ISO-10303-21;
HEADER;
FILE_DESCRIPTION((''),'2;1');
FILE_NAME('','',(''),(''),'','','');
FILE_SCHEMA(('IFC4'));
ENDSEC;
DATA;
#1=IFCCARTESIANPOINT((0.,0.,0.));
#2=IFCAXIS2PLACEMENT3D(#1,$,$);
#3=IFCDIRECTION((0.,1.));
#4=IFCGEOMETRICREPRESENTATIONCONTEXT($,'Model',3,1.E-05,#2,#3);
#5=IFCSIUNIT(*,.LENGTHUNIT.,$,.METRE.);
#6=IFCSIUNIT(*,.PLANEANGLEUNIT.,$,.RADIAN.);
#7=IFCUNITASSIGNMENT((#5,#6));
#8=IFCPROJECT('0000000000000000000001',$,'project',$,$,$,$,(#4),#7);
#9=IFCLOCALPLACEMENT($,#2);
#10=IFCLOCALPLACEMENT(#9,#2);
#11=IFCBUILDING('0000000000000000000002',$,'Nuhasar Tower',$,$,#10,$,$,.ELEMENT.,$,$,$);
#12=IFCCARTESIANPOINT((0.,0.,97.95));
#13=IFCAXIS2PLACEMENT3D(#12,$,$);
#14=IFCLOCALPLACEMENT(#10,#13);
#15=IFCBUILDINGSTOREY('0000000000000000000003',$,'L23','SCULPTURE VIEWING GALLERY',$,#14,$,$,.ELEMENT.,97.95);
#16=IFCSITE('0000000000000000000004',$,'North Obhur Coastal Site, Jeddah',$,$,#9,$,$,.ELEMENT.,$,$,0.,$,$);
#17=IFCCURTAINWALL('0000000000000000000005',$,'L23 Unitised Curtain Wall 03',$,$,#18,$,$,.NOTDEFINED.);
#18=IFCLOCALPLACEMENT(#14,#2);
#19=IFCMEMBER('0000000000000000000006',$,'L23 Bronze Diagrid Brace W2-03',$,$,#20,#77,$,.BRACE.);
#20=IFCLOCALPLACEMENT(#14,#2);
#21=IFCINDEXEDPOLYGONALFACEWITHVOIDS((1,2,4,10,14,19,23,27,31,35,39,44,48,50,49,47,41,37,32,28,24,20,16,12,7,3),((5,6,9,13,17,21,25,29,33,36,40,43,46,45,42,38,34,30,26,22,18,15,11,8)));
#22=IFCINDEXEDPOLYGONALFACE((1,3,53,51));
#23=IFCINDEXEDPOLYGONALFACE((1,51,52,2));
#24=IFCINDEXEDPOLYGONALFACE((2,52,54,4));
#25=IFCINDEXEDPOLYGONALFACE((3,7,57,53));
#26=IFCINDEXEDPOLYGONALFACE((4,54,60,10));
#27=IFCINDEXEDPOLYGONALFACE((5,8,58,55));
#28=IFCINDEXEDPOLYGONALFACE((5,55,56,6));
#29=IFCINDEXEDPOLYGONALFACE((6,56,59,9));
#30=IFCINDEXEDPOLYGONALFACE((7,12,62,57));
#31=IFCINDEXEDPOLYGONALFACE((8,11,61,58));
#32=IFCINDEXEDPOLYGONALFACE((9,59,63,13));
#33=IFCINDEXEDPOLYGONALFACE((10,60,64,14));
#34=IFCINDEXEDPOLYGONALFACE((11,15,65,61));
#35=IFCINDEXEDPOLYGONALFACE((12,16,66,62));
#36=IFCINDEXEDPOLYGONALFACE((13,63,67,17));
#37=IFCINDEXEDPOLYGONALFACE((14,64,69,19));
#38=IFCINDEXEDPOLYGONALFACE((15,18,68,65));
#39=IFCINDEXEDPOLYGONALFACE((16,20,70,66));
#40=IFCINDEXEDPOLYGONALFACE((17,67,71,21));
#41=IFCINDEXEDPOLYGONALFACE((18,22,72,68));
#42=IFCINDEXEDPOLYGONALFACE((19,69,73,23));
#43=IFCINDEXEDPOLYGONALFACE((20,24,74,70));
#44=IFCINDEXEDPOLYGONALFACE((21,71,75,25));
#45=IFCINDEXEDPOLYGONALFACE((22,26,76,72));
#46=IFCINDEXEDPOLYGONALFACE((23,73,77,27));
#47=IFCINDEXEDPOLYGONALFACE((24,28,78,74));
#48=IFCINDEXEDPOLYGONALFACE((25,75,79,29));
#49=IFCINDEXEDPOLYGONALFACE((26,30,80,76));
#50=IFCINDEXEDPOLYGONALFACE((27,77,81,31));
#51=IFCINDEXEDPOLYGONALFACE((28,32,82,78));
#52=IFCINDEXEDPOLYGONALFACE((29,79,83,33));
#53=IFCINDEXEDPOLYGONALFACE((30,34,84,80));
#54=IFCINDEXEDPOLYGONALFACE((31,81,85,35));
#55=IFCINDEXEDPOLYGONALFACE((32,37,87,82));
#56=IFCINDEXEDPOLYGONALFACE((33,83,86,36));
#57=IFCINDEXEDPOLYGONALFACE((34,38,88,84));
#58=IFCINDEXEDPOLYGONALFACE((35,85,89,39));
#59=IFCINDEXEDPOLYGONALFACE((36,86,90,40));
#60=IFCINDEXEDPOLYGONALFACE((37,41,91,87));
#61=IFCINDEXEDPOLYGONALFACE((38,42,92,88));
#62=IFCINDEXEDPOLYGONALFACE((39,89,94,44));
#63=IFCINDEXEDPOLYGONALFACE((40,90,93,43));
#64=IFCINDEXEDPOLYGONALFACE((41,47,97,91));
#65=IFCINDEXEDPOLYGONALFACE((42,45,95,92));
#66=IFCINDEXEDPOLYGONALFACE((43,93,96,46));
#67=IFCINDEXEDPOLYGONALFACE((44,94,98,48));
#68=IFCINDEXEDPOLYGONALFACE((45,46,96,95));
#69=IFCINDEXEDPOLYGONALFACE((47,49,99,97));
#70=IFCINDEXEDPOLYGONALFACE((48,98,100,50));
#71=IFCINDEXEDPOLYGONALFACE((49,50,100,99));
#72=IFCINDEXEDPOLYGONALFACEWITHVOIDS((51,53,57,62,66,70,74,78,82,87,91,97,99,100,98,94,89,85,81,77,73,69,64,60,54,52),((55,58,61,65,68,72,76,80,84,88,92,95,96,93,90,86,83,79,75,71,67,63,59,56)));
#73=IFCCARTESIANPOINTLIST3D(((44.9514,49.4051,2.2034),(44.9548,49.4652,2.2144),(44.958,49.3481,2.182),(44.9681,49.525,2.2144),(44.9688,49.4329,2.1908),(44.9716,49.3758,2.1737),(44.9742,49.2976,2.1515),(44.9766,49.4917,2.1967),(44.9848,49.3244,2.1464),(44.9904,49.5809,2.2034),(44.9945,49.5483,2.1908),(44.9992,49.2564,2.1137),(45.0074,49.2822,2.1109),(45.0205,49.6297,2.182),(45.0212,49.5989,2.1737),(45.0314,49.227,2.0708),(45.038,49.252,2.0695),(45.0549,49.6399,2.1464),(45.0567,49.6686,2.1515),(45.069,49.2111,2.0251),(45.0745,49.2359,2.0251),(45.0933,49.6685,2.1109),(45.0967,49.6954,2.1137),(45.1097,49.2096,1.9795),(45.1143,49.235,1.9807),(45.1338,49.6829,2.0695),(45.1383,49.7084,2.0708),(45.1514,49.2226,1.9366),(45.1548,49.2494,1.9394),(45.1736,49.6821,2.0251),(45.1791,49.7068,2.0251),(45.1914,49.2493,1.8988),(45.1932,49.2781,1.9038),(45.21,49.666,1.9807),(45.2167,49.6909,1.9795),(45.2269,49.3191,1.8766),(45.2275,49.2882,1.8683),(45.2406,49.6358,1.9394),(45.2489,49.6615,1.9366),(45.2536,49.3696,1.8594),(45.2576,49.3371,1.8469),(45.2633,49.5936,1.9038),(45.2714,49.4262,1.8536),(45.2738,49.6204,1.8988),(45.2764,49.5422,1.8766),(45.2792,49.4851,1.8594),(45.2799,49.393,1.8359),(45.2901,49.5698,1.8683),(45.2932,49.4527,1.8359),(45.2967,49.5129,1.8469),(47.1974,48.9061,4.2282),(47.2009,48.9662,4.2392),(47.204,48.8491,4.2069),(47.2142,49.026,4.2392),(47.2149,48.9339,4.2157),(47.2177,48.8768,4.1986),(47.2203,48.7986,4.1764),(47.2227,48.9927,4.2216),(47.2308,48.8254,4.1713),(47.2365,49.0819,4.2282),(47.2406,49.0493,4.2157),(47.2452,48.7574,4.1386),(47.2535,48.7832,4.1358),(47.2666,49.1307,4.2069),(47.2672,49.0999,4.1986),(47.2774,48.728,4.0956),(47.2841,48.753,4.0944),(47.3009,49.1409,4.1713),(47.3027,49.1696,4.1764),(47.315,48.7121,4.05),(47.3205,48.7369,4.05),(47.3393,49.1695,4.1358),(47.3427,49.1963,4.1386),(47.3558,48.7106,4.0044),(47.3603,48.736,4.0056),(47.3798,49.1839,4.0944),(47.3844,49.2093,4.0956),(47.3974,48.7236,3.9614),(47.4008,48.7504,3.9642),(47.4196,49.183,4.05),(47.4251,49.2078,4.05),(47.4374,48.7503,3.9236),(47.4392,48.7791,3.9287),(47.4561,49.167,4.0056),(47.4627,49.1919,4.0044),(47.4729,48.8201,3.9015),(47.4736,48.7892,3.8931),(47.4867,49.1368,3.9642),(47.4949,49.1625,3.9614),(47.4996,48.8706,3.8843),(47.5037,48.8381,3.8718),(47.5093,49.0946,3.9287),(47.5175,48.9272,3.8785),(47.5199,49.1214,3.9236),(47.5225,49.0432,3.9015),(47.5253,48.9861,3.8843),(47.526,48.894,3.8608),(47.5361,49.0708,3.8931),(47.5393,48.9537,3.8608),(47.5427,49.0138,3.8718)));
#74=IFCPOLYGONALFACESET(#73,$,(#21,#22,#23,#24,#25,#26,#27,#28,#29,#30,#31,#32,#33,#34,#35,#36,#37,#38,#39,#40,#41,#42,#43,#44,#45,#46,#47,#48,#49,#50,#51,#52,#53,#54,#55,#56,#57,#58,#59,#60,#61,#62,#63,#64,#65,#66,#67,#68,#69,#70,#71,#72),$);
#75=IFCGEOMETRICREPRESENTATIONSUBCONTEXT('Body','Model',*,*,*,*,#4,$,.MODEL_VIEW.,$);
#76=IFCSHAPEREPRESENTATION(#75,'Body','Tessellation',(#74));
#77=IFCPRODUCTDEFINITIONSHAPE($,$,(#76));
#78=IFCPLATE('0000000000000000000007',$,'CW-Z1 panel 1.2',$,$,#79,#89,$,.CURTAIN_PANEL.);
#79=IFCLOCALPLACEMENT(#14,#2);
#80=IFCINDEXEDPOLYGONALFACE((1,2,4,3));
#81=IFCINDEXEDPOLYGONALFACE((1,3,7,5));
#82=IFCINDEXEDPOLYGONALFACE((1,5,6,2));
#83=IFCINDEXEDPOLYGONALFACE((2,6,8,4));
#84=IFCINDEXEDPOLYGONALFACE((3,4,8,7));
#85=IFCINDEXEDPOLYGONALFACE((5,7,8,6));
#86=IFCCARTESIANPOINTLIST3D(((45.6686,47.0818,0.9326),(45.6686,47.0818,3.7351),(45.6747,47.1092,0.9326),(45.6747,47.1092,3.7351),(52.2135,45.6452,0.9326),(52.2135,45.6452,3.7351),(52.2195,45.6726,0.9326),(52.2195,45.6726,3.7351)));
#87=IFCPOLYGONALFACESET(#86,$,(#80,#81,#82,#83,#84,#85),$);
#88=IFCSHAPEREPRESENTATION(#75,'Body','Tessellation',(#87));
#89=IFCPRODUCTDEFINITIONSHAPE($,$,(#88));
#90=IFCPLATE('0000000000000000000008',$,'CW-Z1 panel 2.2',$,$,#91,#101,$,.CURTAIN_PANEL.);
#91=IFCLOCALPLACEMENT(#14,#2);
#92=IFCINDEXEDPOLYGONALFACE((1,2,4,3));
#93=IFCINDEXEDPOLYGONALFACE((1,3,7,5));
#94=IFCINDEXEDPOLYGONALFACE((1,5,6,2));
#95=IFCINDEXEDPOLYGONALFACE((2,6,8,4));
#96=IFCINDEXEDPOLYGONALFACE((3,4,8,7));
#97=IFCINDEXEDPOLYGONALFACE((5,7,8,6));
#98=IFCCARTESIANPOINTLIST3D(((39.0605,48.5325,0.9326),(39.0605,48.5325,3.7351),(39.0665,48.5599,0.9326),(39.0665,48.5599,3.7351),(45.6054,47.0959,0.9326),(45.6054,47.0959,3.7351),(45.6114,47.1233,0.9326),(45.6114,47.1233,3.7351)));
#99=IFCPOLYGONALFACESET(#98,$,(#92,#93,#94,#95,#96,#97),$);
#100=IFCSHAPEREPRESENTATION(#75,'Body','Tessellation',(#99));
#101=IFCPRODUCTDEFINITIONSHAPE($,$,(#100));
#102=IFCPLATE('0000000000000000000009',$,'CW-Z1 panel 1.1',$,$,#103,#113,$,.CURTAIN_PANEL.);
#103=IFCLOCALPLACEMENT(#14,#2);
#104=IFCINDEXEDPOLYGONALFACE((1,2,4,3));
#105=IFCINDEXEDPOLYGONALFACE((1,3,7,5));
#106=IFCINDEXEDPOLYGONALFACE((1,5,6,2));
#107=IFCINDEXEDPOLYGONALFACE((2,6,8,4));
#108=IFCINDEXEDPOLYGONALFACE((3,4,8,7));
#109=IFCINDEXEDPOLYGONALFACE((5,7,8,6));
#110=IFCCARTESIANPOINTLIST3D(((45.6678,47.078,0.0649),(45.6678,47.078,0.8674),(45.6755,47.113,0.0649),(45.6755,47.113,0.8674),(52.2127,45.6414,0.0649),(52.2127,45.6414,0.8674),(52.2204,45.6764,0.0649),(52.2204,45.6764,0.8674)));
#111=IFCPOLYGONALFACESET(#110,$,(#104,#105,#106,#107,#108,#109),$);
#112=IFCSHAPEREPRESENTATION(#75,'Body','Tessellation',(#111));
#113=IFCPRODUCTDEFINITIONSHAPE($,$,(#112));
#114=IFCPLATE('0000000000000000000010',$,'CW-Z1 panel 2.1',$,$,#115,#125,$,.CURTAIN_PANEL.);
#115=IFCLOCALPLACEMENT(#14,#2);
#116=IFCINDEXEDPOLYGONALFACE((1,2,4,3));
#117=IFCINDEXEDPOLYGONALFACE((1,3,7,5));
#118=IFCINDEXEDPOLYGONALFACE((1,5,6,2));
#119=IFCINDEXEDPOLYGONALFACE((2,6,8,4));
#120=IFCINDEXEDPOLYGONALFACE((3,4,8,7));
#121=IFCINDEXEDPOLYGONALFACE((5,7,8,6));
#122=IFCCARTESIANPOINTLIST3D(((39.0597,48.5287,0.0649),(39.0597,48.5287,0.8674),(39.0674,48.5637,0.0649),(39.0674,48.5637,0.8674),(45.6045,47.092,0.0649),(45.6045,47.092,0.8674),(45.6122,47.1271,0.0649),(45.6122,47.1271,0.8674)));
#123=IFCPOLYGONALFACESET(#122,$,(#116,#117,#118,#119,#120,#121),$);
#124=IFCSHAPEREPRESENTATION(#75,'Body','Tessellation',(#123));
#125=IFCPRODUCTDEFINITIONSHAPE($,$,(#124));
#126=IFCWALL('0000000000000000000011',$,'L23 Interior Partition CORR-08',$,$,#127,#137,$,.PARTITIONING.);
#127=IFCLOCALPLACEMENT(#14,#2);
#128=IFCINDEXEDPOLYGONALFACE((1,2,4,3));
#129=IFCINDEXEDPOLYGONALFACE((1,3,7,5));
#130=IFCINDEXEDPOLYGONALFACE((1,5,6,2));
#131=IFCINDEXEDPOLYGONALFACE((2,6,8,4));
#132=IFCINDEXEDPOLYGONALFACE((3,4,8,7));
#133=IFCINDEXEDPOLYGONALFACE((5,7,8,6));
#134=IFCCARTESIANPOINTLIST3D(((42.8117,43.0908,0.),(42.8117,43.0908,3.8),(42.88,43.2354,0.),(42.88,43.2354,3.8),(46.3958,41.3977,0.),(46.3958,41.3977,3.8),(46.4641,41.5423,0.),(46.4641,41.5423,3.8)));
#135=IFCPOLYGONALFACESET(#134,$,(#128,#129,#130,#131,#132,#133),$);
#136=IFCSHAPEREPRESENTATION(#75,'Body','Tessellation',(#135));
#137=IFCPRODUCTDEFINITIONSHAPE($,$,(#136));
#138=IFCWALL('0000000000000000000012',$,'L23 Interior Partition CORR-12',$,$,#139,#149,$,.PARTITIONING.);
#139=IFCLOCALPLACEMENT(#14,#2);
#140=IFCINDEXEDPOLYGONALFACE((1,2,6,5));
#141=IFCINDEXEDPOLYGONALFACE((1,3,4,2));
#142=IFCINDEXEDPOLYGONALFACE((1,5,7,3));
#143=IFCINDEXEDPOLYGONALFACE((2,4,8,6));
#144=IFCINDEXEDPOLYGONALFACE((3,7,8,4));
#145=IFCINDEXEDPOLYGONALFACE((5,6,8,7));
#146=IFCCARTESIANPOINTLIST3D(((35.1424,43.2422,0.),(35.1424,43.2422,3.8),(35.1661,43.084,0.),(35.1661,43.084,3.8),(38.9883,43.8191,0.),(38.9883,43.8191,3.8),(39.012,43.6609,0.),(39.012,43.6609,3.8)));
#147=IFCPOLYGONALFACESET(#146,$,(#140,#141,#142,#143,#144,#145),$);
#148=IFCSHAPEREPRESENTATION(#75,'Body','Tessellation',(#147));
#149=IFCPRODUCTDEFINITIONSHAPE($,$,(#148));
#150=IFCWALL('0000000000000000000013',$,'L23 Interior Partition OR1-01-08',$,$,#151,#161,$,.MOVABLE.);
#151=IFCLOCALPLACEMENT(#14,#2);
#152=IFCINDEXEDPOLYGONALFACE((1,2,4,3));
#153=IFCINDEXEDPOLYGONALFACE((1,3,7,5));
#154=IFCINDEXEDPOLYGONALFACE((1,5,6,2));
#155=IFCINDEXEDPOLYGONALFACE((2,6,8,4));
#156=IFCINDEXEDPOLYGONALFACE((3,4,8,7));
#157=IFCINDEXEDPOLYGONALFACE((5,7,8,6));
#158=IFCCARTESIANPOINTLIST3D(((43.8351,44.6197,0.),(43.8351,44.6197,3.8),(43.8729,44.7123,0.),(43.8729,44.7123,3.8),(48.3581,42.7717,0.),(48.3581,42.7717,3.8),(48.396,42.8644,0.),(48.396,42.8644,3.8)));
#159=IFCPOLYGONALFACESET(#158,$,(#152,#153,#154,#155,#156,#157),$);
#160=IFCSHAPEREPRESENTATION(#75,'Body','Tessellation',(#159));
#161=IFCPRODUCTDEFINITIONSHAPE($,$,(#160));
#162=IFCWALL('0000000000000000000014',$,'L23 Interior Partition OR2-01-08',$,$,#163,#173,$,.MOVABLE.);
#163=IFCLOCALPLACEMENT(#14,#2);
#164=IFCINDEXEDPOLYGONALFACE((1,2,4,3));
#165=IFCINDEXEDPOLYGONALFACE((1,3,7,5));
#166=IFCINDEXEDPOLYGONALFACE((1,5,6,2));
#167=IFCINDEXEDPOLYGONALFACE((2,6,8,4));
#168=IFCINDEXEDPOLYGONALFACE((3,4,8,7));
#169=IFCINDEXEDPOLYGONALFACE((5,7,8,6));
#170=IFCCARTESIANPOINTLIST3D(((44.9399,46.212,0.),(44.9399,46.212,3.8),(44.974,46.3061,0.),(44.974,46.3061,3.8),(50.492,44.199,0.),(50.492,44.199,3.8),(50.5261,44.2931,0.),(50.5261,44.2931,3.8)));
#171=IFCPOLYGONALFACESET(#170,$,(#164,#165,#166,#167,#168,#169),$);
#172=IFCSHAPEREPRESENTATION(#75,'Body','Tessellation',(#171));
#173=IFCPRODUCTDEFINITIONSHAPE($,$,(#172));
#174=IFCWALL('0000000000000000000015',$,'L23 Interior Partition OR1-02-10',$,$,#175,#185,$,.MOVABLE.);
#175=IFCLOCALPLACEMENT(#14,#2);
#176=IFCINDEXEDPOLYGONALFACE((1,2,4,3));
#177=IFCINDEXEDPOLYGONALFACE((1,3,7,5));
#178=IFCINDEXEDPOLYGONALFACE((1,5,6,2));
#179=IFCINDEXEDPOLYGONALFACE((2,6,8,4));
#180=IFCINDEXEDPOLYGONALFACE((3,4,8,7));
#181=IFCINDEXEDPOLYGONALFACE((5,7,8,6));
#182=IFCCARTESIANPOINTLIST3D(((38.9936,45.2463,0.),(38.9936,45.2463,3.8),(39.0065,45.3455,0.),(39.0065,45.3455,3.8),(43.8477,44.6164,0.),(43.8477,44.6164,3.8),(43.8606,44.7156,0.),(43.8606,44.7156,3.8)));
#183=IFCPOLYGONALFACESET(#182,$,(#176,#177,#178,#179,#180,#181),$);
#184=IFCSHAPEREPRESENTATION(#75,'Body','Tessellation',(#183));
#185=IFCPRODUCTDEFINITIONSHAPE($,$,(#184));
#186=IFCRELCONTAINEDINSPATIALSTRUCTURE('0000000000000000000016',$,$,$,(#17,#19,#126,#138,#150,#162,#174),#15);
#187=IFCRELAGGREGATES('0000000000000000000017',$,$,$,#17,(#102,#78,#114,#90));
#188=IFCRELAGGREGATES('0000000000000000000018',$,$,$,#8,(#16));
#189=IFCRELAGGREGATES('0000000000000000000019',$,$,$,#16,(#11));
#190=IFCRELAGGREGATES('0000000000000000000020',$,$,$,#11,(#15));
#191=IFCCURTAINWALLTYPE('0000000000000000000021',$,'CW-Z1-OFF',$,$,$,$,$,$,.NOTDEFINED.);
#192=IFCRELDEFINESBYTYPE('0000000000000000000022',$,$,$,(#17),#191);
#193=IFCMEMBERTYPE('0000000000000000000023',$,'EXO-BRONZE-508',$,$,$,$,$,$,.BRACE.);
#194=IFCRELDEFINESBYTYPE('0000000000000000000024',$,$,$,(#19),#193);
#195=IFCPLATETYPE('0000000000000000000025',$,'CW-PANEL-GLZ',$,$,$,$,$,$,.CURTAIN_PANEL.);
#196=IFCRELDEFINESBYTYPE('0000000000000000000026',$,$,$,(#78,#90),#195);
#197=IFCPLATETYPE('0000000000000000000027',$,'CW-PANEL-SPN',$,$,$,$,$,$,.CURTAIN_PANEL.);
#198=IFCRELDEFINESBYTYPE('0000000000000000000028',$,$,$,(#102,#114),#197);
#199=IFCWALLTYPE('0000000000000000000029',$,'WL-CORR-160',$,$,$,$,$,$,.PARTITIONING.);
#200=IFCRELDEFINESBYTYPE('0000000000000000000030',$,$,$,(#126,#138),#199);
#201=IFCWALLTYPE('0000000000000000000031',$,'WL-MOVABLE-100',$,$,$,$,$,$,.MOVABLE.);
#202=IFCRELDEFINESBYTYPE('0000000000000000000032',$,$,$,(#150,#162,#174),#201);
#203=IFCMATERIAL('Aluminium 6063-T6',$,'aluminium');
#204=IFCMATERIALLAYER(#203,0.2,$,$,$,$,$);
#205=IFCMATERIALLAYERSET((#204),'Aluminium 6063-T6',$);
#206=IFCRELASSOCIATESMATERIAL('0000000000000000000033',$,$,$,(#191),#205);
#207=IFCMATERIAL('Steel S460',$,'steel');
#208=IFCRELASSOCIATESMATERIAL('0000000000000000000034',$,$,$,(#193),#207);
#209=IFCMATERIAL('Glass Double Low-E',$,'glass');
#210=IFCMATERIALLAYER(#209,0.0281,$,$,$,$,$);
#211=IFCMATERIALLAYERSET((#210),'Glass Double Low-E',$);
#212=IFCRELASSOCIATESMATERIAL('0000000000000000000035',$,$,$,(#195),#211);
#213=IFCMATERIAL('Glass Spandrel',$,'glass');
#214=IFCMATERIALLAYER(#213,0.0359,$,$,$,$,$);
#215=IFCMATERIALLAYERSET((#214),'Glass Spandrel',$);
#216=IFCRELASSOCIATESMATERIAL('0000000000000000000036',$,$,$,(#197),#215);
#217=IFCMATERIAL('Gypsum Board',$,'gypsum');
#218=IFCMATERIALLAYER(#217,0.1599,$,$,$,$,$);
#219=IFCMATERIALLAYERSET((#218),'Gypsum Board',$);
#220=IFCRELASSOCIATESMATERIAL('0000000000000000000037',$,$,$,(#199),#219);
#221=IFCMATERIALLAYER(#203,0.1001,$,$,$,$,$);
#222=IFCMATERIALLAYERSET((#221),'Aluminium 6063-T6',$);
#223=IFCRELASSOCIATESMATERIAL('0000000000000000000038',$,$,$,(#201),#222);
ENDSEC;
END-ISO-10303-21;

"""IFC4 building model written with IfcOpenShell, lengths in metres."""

from ifc_helpers import new_model, si_unit, direction, frame, frame_2d, origin, origin_2d, place, context, subcontext, project, spatial, rectangle, hollow_circle, extrude, material, layer, layer_set, material_profile, profile_set, type_object, element, aggregate, save


model = new_model("IFC4")

# Units and contexts
model_context = context("Model", 3, precision=1e-05, world=origin(), true_north=direction((0.0, 1.0)))
body_context = subcontext(model_context, "Body", "Model", "MODEL_VIEW")
ifc_project = project(units=[si_unit("LENGTHUNIT", "METRE"), si_unit("PLANEANGLEUNIT", "RADIAN")], contexts=[model_context])

# Site, building, storey
site_placement = place(None, origin())
site = spatial("IfcSite", under=ifc_project, at=site_placement, Name="North Obhur Coastal Site, Jeddah", CompositionType="ELEMENT", RefElevation=0.0)
building_placement = place(site_placement, origin())
building = spatial("IfcBuilding", under=site, at=building_placement, Name="Nuhasar Tower", CompositionType="ELEMENT")
storey_placement = place(building_placement, frame((0.0, 0.0, 97.95)))
storey = spatial("IfcBuildingStorey", under=building, at=storey_placement, Name="L23", Description="SCULPTURE VIEWING GALLERY", CompositionType="ELEMENT", Elevation=97.95)

# Curtain wall
ifc_material_1 = material(Name="Aluminium 6063-T6", Category="aluminium")
ifc_layer_1 = layer(ifc_material_1, 0.2)
ifc_layer_set_1 = layer_set([ifc_layer_1], Name="Aluminium 6063-T6")
curtain_wall_type = type_object("IfcCurtainWallType", Name="CW-Z1-OFF", PredefinedType="NOTDEFINED", material=ifc_layer_set_1)
curtain_wall_placement = place(storey_placement, origin())
curtain_wall = element("IfcCurtainWall", 1, at=curtain_wall_placement, inside=storey, type_object=curtain_wall_type, Name="L23 Unitised Curtain Wall 03", PredefinedType="NOTDEFINED")

# Member
ifc_material_2 = material(Name="Steel S460", Category="steel")
ifc_material_profile_1 = material_profile(ifc_material_2, hollow_circle(Radius=0.2539, WallThickness=0.0254, at=origin_2d()), Name="HSS508X25.4")
ifc_profile_set_1 = profile_set([ifc_material_profile_1], Name="Steel S460")
member_type_1 = type_object("IfcMemberType", Name="EXO-BRONZE-508", PredefinedType="BRACE", material=ifc_profile_set_1)
member_1_placement = place(storey_placement, frame((45.124, 49.459, 2.0251), z_axis=(0.732821, -0.162814, 0.660654), x_axis=(0.216886, 0.976197, 0.0)))
element("IfcMember", 2, at=member_1_placement, inside=storey, type_object=member_type_1, Name="L23 Bronze Diagrid Brace W2-03", PredefinedType="BRACE", context=body_context, shape_type="SweptSolid", body=[
    extrude(hollow_circle(Radius=0.2539, WallThickness=0.0254, at=origin_2d()), origin(), (0.0, 0.0, 1.0), 3.0649),
])

# Plates
ifc_material_3 = material(Name="Glass Double Low-E", Category="glass")
ifc_layer_2 = layer(ifc_material_3, 0.0281)
ifc_layer_set_2 = layer_set([ifc_layer_2], Name="Glass Double Low-E")
plate_type_1 = type_object("IfcPlateType", Name="CW-PANEL-GLZ", PredefinedType="CURTAIN_PANEL", material=ifc_layer_set_2)
plate_1_placement = place(storey_placement, frame((48.9441, 46.3772, 0.9326), z_axis=(0.0, 0.0, 1.0), x_axis=(-0.976746, 0.214399, 0.0)))
plate_1 = element("IfcPlate", 3, at=plate_1_placement, type_object=plate_type_1, Name="CW-Z1 panel 1.2", PredefinedType="CURTAIN_PANEL", context=body_context, shape_type="SweptSolid", body=[
    extrude(rectangle(XDim=6.7007, YDim=0.0281, at=origin_2d()), origin(), (0.0, 0.0, 1.0), 2.8025),
])
plate_2_placement = place(storey_placement, frame((42.3359, 47.8279, 0.9326), z_axis=(0.0, 0.0, 1.0), x_axis=(-0.976746, 0.214399, 0.0)))
plate_2 = element("IfcPlate", 4, at=plate_2_placement, type_object=plate_type_1, Name="CW-Z1 panel 2.2", PredefinedType="CURTAIN_PANEL", context=body_context, shape_type="SweptSolid", body=[
    extrude(rectangle(XDim=6.7007, YDim=0.0281, at=origin_2d()), origin(), (0.0, 0.0, 1.0), 2.8025),
])
ifc_material_4 = material(Name="Glass Spandrel", Category="glass")
ifc_layer_3 = layer(ifc_material_4, 0.0359)
ifc_layer_set_3 = layer_set([ifc_layer_3], Name="Glass Spandrel")
plate_type_2 = type_object("IfcPlateType", Name="CW-PANEL-SPN", PredefinedType="CURTAIN_PANEL", material=ifc_layer_set_3)
plate_3_placement = place(storey_placement, frame((48.9441, 46.3772, 0.0649), z_axis=(0.0, 0.0, 1.0), x_axis=(-0.976746, 0.214399, 0.0)))
plate_3 = element("IfcPlate", 5, at=plate_3_placement, type_object=plate_type_2, Name="CW-Z1 panel 1.1", PredefinedType="CURTAIN_PANEL", context=body_context, shape_type="SweptSolid", body=[
    extrude(rectangle(XDim=6.7007, YDim=0.0359, at=origin_2d()), origin(), (0.0, 0.0, 1.0), 0.8025),
])
plate_4_placement = place(storey_placement, frame((42.3359, 47.8279, 0.0649), z_axis=(0.0, 0.0, 1.0), x_axis=(-0.976746, 0.214399, 0.0)))
plate_4 = element("IfcPlate", 6, at=plate_4_placement, type_object=plate_type_2, Name="CW-Z1 panel 2.1", PredefinedType="CURTAIN_PANEL", context=body_context, shape_type="SweptSolid", body=[
    extrude(rectangle(XDim=6.7007, YDim=0.0359, at=origin_2d()), origin(), (0.0, 0.0, 1.0), 0.8025),
])
aggregate(curtain_wall, [plate_3, plate_1, plate_4, plate_2])

# Wall
ifc_material_5 = material(Name="Gypsum Board", Category="gypsum")
ifc_layer_4 = layer(ifc_material_5, 0.1599)
ifc_layer_set_4 = layer_set([ifc_layer_4], Name="Gypsum Board")
wall_type_1 = type_object("IfcWallType", Name="WL-CORR-160", PredefinedType="PARTITIONING", material=ifc_layer_set_4)
wall_1_placement = place(storey_placement, frame((46.4299, 41.47, 0.0), z_axis=(0.0, 0.0, 1.0), x_axis=(-0.904183, 0.427146, 0.0)))
element("IfcWall", 7, at=wall_1_placement, inside=storey, type_object=wall_type_1, Name="L23 Interior Partition CORR-08", PredefinedType="PARTITIONING", context=body_context, shape_type="SweptSolid", body=[
    extrude(rectangle(XDim=3.9639, YDim=0.1599, at=frame_2d((1.9819, 0.0))), origin(), (0.0, 0.0, 1.0), 3.8),
])

# Walls
wall_2_placement = place(storey_placement, frame((39.0, 43.74, 0.0), z_axis=(0.0, 0.0, 1.0), x_axis=(-0.988936, -0.148344, 0.0)))
element("IfcWall", 8, at=wall_2_placement, inside=storey, type_object=wall_type_1, Name="L23 Interior Partition CORR-12", PredefinedType="PARTITIONING", context=body_context, shape_type="SweptSolid", body=[
    extrude(rectangle(XDim=3.8889, YDim=0.1599, at=frame_2d((1.9443, 0.0))), origin(), (0.0, 0.0, 1.0), 3.8),
])
ifc_layer_5 = layer(ifc_material_1, 0.1001)
ifc_layer_set_5 = layer_set([ifc_layer_5], Name="Aluminium 6063-T6")
wall_type_2 = type_object("IfcWallType", Name="WL-MOVABLE-100", PredefinedType="MOVABLE", material=ifc_layer_set_5)
wall_3_placement = place(storey_placement, frame((48.377, 42.8181, 0.0), z_axis=(0.0, 0.0, 1.0), x_axis=(-0.925719, 0.378213, 0.0)))
element("IfcWall", 9, at=wall_3_placement, inside=storey, type_object=wall_type_2, Name="L23 Interior Partition OR1-01-08", PredefinedType="MOVABLE", context=body_context, shape_type="SweptSolid", body=[
    extrude(rectangle(XDim=4.886, YDim=0.1001, at=frame_2d((2.4429, 0.0))), origin(), (0.0, 0.0, 1.0), 3.8),
])
wall_4_placement = place(storey_placement, frame((50.509, 44.2461, 0.0), z_axis=(0.0, 0.0, 1.0), x_axis=(-0.940118, 0.34085, 0.0)))
element("IfcWall", 10, at=wall_4_placement, inside=storey, type_object=wall_type_2, Name="L23 Interior Partition OR2-01-08", PredefinedType="MOVABLE", context=body_context, shape_type="SweptSolid", body=[
    extrude(rectangle(XDim=5.9058, YDim=0.1001, at=frame_2d((2.9529, 0.0))), origin(), (0.0, 0.0, 1.0), 3.8),
])
wall_5_placement = place(storey_placement, frame((43.854, 44.666, 0.0), z_axis=(0.0, 0.0, 1.0), x_axis=(-0.991685, 0.128687, 0.0)))
element("IfcWall", 11, at=wall_5_placement, inside=storey, type_object=wall_type_2, Name="L23 Interior Partition OR1-02-10", PredefinedType="MOVABLE", context=body_context, shape_type="SweptSolid", body=[
    extrude(rectangle(XDim=4.8948, YDim=0.1001, at=frame_2d((2.4473, 0.0))), origin(), (0.0, 0.0, 1.0), 3.8),
])

save(model, "model.ifc")
